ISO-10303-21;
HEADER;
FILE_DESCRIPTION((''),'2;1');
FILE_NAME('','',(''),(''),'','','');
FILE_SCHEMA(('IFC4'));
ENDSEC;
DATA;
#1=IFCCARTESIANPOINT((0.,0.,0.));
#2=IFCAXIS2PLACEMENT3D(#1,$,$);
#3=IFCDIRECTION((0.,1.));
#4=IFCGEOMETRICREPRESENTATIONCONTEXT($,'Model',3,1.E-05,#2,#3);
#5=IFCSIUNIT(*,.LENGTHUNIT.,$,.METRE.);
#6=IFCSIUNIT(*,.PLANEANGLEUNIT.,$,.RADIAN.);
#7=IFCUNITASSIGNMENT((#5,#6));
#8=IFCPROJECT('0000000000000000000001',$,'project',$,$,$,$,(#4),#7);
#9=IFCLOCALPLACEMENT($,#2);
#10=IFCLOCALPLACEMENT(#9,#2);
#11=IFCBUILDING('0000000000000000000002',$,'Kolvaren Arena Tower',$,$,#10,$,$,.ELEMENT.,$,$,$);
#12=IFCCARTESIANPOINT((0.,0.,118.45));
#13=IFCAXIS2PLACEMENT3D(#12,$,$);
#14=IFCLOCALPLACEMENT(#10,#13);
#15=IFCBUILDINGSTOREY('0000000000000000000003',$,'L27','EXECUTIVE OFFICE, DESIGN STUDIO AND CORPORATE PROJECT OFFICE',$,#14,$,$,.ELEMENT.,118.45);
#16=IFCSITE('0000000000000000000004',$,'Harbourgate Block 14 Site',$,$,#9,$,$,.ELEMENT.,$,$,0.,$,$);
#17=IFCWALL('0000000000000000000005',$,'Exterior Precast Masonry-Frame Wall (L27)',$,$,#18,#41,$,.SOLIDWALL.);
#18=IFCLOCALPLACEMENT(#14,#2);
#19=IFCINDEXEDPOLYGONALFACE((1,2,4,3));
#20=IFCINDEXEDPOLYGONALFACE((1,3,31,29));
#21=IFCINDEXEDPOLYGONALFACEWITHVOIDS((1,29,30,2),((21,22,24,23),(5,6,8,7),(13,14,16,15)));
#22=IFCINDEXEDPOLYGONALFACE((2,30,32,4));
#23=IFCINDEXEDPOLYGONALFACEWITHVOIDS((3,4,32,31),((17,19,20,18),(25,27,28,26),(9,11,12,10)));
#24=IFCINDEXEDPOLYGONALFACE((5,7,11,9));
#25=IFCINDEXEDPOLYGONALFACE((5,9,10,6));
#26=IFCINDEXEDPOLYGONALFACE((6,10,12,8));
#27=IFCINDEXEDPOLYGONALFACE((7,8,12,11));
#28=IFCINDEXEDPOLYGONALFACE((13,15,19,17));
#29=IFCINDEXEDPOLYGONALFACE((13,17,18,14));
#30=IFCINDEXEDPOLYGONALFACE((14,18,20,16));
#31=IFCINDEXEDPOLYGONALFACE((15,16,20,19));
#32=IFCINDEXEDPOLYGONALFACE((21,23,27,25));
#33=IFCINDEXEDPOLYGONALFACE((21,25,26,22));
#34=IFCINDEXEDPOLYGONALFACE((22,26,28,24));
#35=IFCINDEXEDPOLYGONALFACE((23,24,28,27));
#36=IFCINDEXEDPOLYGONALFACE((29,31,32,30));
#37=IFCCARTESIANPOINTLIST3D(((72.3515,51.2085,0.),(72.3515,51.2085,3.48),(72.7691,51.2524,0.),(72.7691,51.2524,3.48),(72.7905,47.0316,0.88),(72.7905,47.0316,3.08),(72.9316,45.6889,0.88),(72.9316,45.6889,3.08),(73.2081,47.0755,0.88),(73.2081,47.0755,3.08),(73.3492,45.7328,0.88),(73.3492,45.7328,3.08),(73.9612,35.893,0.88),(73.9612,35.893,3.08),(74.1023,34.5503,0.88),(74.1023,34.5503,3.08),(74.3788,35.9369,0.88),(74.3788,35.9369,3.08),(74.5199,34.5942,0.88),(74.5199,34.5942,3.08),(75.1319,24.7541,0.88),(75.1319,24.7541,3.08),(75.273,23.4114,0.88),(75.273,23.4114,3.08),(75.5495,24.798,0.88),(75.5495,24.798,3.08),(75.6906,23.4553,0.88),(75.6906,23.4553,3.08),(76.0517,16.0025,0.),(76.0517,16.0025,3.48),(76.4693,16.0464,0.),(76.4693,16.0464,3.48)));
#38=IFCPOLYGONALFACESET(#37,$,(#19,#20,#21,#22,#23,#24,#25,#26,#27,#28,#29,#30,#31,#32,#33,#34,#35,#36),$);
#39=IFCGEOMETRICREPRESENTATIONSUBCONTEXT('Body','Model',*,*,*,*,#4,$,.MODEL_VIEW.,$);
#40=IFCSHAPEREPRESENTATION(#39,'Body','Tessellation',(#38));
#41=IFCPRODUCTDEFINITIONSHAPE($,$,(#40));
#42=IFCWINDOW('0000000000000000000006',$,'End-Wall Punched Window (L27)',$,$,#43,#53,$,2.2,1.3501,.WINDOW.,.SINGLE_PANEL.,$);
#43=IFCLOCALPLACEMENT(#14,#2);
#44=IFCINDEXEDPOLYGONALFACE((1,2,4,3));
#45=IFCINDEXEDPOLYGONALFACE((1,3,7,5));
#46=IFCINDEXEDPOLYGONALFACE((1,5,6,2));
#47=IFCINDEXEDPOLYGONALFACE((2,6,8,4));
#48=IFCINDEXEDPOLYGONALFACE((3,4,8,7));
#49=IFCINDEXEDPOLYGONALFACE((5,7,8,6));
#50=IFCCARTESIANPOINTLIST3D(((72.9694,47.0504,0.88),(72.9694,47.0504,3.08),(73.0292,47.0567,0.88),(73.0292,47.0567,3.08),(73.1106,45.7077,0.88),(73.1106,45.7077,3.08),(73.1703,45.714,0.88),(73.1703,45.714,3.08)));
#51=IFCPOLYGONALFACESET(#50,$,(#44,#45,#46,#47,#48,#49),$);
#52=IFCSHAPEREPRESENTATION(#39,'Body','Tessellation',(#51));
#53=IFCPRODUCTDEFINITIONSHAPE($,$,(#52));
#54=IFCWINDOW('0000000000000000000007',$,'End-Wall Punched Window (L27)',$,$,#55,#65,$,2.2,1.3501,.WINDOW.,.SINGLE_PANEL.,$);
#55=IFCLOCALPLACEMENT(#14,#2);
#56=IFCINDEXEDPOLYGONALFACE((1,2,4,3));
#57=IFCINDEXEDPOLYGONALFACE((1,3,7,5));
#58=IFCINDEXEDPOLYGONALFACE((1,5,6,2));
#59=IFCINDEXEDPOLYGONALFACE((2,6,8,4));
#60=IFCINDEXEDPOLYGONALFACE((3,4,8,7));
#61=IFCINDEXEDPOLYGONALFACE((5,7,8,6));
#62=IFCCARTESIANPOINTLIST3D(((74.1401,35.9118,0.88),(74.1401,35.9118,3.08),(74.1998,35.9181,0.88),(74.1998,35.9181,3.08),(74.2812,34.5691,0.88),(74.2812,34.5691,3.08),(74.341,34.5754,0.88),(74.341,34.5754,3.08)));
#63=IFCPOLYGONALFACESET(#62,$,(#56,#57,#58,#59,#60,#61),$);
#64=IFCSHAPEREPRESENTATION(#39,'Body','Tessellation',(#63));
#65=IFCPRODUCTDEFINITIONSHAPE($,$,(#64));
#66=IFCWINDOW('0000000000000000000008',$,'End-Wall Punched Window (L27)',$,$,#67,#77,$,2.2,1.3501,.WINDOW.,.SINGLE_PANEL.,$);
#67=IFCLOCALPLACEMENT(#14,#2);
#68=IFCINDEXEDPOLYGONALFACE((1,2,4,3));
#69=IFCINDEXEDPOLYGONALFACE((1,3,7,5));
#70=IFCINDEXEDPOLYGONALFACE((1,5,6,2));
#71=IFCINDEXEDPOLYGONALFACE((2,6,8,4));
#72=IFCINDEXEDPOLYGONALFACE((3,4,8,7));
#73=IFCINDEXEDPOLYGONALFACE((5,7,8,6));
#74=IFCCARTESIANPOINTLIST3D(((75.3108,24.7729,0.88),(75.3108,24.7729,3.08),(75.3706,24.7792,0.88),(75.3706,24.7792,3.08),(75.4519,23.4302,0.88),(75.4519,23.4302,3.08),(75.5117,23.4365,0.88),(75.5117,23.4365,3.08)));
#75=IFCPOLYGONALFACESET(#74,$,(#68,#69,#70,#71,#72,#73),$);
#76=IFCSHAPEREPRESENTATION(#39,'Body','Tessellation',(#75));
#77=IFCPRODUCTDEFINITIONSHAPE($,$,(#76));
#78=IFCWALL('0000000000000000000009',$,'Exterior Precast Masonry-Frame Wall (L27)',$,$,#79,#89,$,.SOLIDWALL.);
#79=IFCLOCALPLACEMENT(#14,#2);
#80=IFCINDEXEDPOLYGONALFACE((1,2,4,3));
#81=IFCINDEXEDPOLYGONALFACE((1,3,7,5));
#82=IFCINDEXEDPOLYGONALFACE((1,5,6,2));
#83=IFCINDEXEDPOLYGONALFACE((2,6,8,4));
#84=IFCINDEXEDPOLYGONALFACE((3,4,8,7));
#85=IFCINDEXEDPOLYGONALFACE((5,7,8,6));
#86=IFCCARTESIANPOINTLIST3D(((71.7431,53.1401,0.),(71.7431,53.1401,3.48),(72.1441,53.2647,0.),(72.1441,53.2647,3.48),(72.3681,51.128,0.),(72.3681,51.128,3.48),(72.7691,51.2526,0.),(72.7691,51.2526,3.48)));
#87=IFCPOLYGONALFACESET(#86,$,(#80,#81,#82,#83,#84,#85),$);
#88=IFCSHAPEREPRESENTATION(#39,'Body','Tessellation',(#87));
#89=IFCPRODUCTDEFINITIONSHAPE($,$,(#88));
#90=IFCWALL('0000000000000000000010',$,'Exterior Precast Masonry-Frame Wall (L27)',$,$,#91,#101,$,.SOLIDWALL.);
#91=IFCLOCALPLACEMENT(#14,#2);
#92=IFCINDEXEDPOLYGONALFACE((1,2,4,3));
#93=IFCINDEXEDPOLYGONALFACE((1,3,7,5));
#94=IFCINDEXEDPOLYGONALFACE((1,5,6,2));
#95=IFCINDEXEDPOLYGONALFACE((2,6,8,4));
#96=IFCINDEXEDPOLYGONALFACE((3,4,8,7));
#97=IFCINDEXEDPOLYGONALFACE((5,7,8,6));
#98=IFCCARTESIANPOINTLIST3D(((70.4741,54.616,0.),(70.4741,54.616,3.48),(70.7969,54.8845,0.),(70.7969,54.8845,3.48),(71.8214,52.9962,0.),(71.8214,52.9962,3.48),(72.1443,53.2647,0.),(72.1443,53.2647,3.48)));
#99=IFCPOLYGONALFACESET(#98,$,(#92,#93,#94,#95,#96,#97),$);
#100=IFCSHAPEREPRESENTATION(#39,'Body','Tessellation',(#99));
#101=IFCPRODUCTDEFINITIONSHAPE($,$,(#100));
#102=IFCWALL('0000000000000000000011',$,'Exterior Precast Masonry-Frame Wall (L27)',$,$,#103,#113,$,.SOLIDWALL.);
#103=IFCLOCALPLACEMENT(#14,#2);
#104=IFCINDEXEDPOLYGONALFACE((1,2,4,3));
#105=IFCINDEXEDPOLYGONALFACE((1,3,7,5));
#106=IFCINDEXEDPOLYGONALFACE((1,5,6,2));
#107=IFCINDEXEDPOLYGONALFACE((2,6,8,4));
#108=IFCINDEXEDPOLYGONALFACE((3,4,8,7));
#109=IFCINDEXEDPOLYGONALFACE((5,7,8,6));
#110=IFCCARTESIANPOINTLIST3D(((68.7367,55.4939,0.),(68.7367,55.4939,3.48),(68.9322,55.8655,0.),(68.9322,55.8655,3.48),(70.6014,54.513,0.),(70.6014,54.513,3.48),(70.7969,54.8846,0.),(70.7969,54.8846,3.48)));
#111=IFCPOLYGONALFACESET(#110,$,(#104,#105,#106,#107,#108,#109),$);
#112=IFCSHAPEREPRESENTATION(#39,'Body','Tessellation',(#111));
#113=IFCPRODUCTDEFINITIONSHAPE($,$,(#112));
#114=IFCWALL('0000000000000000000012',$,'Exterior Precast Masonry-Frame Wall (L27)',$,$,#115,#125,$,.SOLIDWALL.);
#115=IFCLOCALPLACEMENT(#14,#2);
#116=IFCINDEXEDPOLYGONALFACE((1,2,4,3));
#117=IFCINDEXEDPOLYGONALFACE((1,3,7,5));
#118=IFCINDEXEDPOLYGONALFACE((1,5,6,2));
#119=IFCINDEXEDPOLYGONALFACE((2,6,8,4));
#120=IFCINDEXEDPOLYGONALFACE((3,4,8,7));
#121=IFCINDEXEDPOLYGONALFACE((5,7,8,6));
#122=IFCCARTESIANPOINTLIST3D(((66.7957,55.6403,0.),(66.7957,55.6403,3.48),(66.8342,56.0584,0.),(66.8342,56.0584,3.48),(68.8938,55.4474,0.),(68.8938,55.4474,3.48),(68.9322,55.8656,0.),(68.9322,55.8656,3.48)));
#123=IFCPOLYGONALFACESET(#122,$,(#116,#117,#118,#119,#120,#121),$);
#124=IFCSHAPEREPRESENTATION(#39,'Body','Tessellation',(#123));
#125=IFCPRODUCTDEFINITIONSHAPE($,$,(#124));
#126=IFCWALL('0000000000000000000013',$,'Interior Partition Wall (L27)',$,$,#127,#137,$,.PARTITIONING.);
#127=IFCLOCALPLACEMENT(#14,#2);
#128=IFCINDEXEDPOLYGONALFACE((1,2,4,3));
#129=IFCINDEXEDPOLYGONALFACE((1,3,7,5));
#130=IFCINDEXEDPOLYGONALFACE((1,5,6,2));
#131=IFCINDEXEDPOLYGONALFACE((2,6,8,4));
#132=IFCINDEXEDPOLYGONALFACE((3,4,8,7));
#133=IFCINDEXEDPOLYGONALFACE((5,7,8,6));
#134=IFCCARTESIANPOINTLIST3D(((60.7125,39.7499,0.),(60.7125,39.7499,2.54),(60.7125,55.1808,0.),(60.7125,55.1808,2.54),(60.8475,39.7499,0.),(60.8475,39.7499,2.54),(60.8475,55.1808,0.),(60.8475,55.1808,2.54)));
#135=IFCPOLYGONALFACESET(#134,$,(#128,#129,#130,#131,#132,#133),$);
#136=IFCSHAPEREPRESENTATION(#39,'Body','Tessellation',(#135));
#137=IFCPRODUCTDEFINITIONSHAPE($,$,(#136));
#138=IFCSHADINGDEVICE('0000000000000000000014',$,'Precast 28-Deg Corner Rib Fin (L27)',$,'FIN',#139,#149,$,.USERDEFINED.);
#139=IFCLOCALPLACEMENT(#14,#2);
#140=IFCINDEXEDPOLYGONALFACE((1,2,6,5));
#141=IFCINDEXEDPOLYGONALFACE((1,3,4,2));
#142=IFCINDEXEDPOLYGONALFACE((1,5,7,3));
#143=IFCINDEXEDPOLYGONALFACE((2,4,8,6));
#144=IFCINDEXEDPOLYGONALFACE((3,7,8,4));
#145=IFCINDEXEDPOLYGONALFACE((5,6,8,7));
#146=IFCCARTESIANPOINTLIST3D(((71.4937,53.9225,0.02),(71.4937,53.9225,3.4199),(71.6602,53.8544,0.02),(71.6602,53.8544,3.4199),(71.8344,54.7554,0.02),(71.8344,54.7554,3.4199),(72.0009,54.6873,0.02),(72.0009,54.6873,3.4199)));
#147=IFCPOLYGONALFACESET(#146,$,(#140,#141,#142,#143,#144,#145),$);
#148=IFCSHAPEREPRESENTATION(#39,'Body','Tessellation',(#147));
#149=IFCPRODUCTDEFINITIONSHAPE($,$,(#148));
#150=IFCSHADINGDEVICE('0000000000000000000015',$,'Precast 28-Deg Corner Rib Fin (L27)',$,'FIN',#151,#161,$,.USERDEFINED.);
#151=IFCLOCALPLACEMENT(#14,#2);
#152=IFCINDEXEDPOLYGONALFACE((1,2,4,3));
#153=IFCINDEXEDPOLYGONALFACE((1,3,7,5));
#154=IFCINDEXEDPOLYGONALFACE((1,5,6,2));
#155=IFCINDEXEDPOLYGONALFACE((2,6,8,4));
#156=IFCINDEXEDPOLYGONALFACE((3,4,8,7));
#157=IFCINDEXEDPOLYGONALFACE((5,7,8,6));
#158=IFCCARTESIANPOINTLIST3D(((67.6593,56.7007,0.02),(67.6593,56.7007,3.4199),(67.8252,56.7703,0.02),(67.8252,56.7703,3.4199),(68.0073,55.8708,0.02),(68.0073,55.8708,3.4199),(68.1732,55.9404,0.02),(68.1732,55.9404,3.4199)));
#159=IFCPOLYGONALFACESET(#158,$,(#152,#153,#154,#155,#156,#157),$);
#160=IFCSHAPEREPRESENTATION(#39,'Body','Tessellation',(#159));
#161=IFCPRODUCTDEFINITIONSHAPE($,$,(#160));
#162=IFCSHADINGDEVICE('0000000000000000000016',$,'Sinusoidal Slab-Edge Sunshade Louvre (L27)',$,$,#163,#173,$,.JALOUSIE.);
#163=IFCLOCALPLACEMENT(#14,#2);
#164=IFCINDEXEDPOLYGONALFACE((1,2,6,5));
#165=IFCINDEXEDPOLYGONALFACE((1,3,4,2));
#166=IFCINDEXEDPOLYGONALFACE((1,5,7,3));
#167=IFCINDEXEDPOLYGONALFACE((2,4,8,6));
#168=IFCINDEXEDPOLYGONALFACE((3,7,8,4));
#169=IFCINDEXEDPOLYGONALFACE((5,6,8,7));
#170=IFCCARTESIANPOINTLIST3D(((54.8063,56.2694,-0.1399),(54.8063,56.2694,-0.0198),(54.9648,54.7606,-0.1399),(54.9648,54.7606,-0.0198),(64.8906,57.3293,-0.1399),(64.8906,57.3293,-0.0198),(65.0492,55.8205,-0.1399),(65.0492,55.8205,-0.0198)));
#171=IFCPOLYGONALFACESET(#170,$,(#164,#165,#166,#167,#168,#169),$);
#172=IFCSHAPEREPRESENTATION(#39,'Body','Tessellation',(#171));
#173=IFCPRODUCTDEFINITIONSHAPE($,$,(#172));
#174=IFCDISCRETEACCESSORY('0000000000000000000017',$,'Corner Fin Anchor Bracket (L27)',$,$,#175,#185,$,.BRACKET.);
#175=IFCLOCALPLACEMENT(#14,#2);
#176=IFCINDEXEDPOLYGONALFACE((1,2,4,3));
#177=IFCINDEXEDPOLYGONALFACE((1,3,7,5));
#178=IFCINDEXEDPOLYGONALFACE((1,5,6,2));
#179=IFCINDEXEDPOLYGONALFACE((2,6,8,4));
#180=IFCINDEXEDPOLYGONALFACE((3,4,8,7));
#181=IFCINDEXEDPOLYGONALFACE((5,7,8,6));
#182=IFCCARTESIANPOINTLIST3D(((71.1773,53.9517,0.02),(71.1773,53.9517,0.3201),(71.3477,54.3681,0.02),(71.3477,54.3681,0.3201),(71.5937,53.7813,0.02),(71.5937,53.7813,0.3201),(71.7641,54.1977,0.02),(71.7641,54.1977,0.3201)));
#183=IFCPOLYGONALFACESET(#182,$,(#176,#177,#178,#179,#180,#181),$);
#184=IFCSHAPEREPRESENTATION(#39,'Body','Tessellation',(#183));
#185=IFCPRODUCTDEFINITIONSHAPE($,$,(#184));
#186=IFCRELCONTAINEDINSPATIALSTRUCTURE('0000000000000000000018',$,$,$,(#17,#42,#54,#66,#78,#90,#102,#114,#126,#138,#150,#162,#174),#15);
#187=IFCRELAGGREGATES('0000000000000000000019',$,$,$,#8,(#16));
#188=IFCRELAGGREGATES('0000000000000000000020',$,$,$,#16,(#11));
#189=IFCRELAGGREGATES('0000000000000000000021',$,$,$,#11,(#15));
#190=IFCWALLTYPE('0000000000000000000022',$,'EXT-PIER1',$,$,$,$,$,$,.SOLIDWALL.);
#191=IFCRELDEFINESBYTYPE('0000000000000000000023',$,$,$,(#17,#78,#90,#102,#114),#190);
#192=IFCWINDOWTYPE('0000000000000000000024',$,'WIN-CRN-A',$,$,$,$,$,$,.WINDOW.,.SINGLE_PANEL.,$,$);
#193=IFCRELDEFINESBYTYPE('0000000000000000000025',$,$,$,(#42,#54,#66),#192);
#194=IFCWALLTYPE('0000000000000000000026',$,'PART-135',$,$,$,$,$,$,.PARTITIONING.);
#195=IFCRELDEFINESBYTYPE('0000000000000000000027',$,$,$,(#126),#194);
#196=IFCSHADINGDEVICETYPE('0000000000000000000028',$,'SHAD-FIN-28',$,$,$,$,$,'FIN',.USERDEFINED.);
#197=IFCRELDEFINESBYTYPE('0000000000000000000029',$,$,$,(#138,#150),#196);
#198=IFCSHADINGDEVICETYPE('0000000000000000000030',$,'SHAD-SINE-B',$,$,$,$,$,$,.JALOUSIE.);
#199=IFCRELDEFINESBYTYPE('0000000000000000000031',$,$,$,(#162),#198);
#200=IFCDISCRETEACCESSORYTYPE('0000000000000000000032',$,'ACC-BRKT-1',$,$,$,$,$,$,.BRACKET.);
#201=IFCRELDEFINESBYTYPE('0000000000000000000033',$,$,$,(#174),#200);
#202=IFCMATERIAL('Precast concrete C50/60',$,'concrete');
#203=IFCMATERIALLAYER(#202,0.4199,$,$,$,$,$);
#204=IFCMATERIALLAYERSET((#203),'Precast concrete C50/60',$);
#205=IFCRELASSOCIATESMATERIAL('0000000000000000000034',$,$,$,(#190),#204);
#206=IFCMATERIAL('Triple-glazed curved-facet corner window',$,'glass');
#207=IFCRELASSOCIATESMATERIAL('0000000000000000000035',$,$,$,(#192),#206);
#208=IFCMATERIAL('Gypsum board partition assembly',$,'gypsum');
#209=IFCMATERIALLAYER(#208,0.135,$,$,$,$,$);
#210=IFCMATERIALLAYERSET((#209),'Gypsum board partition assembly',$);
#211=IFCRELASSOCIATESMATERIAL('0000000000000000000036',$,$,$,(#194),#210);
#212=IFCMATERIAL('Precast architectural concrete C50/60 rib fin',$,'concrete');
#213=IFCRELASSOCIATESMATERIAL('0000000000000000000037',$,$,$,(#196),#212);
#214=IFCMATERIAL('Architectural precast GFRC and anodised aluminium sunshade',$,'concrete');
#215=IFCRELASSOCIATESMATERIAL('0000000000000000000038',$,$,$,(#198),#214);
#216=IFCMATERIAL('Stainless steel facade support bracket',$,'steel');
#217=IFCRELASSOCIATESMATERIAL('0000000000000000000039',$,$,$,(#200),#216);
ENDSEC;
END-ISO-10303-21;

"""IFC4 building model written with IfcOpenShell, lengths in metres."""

from ifc_helpers import new_model, si_unit, direction, frame, frame_2d, origin, origin_2d, place, context, subcontext, project, spatial, rectangle, extrude, material, layer, layer_set, type_object, element, fill, save


model = new_model("IFC4")

# Units and contexts
model_context = context("Model", 3, precision=1e-05, world=origin(), true_north=direction((0.0, 1.0)))
body_context = subcontext(model_context, "Body", "Model", "MODEL_VIEW")
ifc_project = project(units=[si_unit("LENGTHUNIT", "METRE"), si_unit("PLANEANGLEUNIT", "RADIAN")], contexts=[model_context])

# Site, building, storey
site_placement = place(None, origin())
site = spatial("IfcSite", under=ifc_project, at=site_placement, Name="Harbourgate Block 14 Site", CompositionType="ELEMENT", RefElevation=0.0)
building_placement = place(site_placement, origin())
building = spatial("IfcBuilding", under=site, at=building_placement, Name="Kolvaren Arena Tower", CompositionType="ELEMENT")
storey_placement = place(building_placement, frame((0.0, 0.0, 118.45)))
storey = spatial("IfcBuildingStorey", under=building, at=storey_placement, Name="L27", Description="EXECUTIVE OFFICE, DESIGN STUDIO AND CORPORATE PROJECT OFFICE", CompositionType="ELEMENT", Elevation=118.45)

# Wall, openings, windows
ifc_material_1 = material(Name="Precast concrete C50/60", Category="concrete")
ifc_layer_1 = layer(ifc_material_1, 0.4199)
ifc_layer_set_1 = layer_set([ifc_layer_1], Name="Precast concrete C50/60")
wall_type_1 = type_object("IfcWallType", Name="EXT-PIER1", PredefinedType="SOLIDWALL", material=ifc_layer_set_1)
wall_1_placement = place(storey_placement, frame((72.5603, 51.2305, 0.0), z_axis=(0.0, 0.0, 1.0), x_axis=(0.104525, -0.994522, 0.0)))
wall_1 = element("IfcWall", 1, at=wall_1_placement, inside=storey, type_object=wall_type_1, Name="Exterior Precast Masonry-Frame Wall (L27)", PredefinedType="SOLIDWALL", context=body_context, shape_type="SweptSolid", body=[
    extrude(rectangle(XDim=35.3999, YDim=0.4199, at=frame_2d((17.7, 0.0))), origin(), (0.0, 0.0, 1.0), 3.48),
])
opening_1_placement = place(wall_1_placement, frame((4.2, 0.0, 0.8799)))
opening_1 = element("IfcOpeningElement", 2, at=opening_1_placement, cuts=wall_1, PredefinedType="OPENING", context=body_context, shape_type="SweptSolid", body=[
    extrude(rectangle(XDim=1.3501, YDim=2.2, at=frame_2d((0.675, 1.1001))), frame((0.0, 0.22, 0.0), z_axis=(0.0, -1.0, 0.0), x_axis=(1.0, 0.0, 0.0)), (0.0, 0.0, 1.0), 0.4399),
])
opening_2_placement = place(wall_1_placement, frame((15.3999, 0.0, 0.8799)))
opening_2 = element("IfcOpeningElement", 3, at=opening_2_placement, cuts=wall_1, PredefinedType="OPENING", context=body_context, shape_type="SweptSolid", body=[
    extrude(rectangle(XDim=1.3501, YDim=2.2, at=frame_2d((0.675, 1.1001))), frame((0.0, 0.22, 0.0), z_axis=(0.0, -1.0, 0.0), x_axis=(1.0, 0.0, 0.0)), (0.0, 0.0, 1.0), 0.4399),
])
opening_3_placement = place(wall_1_placement, frame((26.6001, 0.0, 0.8799)))
opening_3 = element("IfcOpeningElement", 4, at=opening_3_placement, cuts=wall_1, PredefinedType="OPENING", context=body_context, shape_type="SweptSolid", body=[
    extrude(rectangle(XDim=1.3501, YDim=2.2, at=frame_2d((0.675, 1.1001))), frame((0.0, 0.22, 0.0), z_axis=(0.0, -1.0, 0.0), x_axis=(1.0, 0.0, 0.0)), (0.0, 0.0, 1.0), 0.4399),
])
ifc_material_2 = material(Name="Triple-glazed curved-facet corner window", Category="glass")
window_type = type_object("IfcWindowType", Name="WIN-CRN-A", PartitioningType="SINGLE_PANEL", PredefinedType="WINDOW", material=ifc_material_2)
window_1_placement = place(opening_1_placement, origin())
window_1 = element("IfcWindow", 5, at=window_1_placement, inside=storey, type_object=window_type, Name="End-Wall Punched Window (L27)", OverallHeight=2.2, OverallWidth=1.3501, PartitioningType="SINGLE_PANEL", PredefinedType="WINDOW", context=body_context, shape_type="SweptSolid", body=[
    extrude(rectangle(XDim=1.3501, YDim=2.2, at=frame_2d((0.675, 1.1001))), frame((0.0, 0.03, 0.0), z_axis=(0.0, -1.0, 0.0), x_axis=(1.0, 0.0, 0.0)), (0.0, 0.0, 1.0), 0.0601),
])
fill(opening_1, window_1)
window_2_placement = place(opening_2_placement, origin())
window_2 = element("IfcWindow", 6, at=window_2_placement, inside=storey, type_object=window_type, Name="End-Wall Punched Window (L27)", OverallHeight=2.2, OverallWidth=1.3501, PartitioningType="SINGLE_PANEL", PredefinedType="WINDOW", context=body_context, shape_type="SweptSolid", body=[
    extrude(rectangle(XDim=1.3501, YDim=2.2, at=frame_2d((0.675, 1.1001))), frame((0.0, 0.03, 0.0), z_axis=(0.0, -1.0, 0.0), x_axis=(1.0, 0.0, 0.0)), (0.0, 0.0, 1.0), 0.0601),
])
fill(opening_2, window_2)
window_3_placement = place(opening_3_placement, origin())
window_3 = element("IfcWindow", 7, at=window_3_placement, inside=storey, type_object=window_type, Name="End-Wall Punched Window (L27)", OverallHeight=2.2, OverallWidth=1.3501, PartitioningType="SINGLE_PANEL", PredefinedType="WINDOW", context=body_context, shape_type="SweptSolid", body=[
    extrude(rectangle(XDim=1.3501, YDim=2.2, at=frame_2d((0.675, 1.1001))), frame((0.0, 0.03, 0.0), z_axis=(0.0, -1.0, 0.0), x_axis=(1.0, 0.0, 0.0)), (0.0, 0.0, 1.0), 0.0601),
])
fill(opening_3, window_3)

# Walls
for number, where, z_axis, x_axis, name in (
    (8, (71.9436, 53.2024, 0.0), (0.0, 0.0, 1.0), (0.296625, -0.954994, 0.0), "Exterior Precast Masonry-Frame Wall (L27)"),
    (9, (70.6355, 54.7502, 0.0), (0.0, 0.0, 1.0), (0.639489, -0.7688, 0.0), "Exterior Precast Masonry-Frame Wall (L27)"),
    (10, (68.8345, 55.6797, 0.0), (0.0, 0.0, 1.0), (0.885014, -0.465565, 0.0), "Exterior Precast Masonry-Frame Wall (L27)"),
    (11, (66.8149, 55.8494, 0.0), (0.0, 0.0, 1.0), (0.995802, -0.091539, 0.0), "Exterior Precast Masonry-Frame Wall (L27)"),
):
    element("IfcWall", number, at=place(storey_placement, frame(where, z_axis=z_axis, x_axis=x_axis)), inside=storey, type_object=wall_type_1, Name=name, PredefinedType="SOLIDWALL", context=body_context, shape_type="SweptSolid", body=[
        extrude(rectangle(XDim=2.1069, YDim=0.4199, at=frame_2d((1.0535, 0.0))), origin(), (0.0, 0.0, 1.0), 3.48),
    ])
ifc_material_3 = material(Name="Gypsum board partition assembly", Category="gypsum")
ifc_layer_2 = layer(ifc_material_3, 0.135)
ifc_layer_set_2 = layer_set([ifc_layer_2], Name="Gypsum board partition assembly")
wall_type_2 = type_object("IfcWallType", Name="PART-135", PredefinedType="PARTITIONING", material=ifc_layer_set_2)
wall_2_placement = place(storey_placement, frame((60.78, 39.75, 0.0), z_axis=(0.0, 0.0, 1.0), x_axis=(0.0, 1.0, 0.0)))
element("IfcWall", 12, at=wall_2_placement, inside=storey, type_object=wall_type_2, Name="Interior Partition Wall (L27)", PredefinedType="PARTITIONING", context=body_context, shape_type="SweptSolid", body=[
    extrude(rectangle(XDim=15.4309, YDim=0.135, at=frame_2d((7.7153, 0.0))), origin(), (0.0, 0.0, 1.0), 2.54),
])

# Shading devices
ifc_material_4 = material(Name="Precast architectural concrete C50/60 rib fin", Category="concrete")
shading_device_type_1 = type_object("IfcShadingDeviceType", Name="SHAD-FIN-28", ElementType="FIN", PredefinedType="USERDEFINED", material=ifc_material_4)
for number, where, z_axis, x_axis, name in (
    (13, (71.7473, 54.3049, 0.02), (0.0, 0.0, 1.0), (0.378634, 0.925546, 0.0), "Precast 28-Deg Corner Rib Fin (L27)"),
    (14, (67.9163, 56.3206, 0.02), (0.0, 0.0, 1.0), (-0.386706, 0.922203, 0.0), "Precast 28-Deg Corner Rib Fin (L27)"),
):
    element("IfcShadingDevice", number, at=place(storey_placement, frame(where, z_axis=z_axis, x_axis=x_axis)), inside=storey, type_object=shading_device_type_1, Name=name, ObjectType="FIN", PredefinedType="USERDEFINED", context=body_context, shape_type="SweptSolid", body=[
        extrude(rectangle(XDim=0.8999, YDim=0.1799, at=origin_2d()), origin(), (0.0, 0.0, 1.0), 3.3999),
    ])
ifc_material_5 = material(Name="Architectural precast GFRC and anodised aluminium sunshade", Category="concrete")
shading_device_type_2 = type_object("IfcShadingDeviceType", Name="SHAD-SINE-B", PredefinedType="JALOUSIE", material=ifc_material_5)
shading_device_placement = place(storey_placement, frame((59.9277, 56.0449, -0.1399), z_axis=(0.0, 0.0, 1.0), x_axis=(0.994522, 0.104527, 0.0)))
element("IfcShadingDevice", 15, at=shading_device_placement, inside=storey, type_object=shading_device_type_2, Name="Sinusoidal Slab-Edge Sunshade Louvre (L27)", PredefinedType="JALOUSIE", context=body_context, shape_type="SweptSolid", body=[
    extrude(rectangle(XDim=10.1399, YDim=1.5171, at=origin_2d()), origin(), (0.0, 0.0, 1.0), 0.1201),
])

# Discrete accessory
ifc_material_6 = material(Name="Stainless steel facade support bracket", Category="steel")
discrete_accessory_type = type_object("IfcDiscreteAccessoryType", Name="ACC-BRKT-1", PredefinedType="BRACKET", material=ifc_material_6)
for number, where, z_axis, x_axis, name in (
    (16, (71.4707, 54.0747, 0.02), (0.0, 0.0, 1.0), (0.378634, 0.925546, 0.0), "Corner Fin Anchor Bracket (L27)"),
):
    element("IfcDiscreteAccessory", number, at=place(storey_placement, frame(where, z_axis=z_axis, x_axis=x_axis)), inside=storey, type_object=discrete_accessory_type, Name=name, PredefinedType="BRACKET", context=body_context, shape_type="SweptSolid", body=[
        extrude(rectangle(XDim=0.45, YDim=0.45, at=origin_2d()), origin(), (0.0, 0.0, 1.0), 0.3),
    ])

save(model, "model.ifc")
